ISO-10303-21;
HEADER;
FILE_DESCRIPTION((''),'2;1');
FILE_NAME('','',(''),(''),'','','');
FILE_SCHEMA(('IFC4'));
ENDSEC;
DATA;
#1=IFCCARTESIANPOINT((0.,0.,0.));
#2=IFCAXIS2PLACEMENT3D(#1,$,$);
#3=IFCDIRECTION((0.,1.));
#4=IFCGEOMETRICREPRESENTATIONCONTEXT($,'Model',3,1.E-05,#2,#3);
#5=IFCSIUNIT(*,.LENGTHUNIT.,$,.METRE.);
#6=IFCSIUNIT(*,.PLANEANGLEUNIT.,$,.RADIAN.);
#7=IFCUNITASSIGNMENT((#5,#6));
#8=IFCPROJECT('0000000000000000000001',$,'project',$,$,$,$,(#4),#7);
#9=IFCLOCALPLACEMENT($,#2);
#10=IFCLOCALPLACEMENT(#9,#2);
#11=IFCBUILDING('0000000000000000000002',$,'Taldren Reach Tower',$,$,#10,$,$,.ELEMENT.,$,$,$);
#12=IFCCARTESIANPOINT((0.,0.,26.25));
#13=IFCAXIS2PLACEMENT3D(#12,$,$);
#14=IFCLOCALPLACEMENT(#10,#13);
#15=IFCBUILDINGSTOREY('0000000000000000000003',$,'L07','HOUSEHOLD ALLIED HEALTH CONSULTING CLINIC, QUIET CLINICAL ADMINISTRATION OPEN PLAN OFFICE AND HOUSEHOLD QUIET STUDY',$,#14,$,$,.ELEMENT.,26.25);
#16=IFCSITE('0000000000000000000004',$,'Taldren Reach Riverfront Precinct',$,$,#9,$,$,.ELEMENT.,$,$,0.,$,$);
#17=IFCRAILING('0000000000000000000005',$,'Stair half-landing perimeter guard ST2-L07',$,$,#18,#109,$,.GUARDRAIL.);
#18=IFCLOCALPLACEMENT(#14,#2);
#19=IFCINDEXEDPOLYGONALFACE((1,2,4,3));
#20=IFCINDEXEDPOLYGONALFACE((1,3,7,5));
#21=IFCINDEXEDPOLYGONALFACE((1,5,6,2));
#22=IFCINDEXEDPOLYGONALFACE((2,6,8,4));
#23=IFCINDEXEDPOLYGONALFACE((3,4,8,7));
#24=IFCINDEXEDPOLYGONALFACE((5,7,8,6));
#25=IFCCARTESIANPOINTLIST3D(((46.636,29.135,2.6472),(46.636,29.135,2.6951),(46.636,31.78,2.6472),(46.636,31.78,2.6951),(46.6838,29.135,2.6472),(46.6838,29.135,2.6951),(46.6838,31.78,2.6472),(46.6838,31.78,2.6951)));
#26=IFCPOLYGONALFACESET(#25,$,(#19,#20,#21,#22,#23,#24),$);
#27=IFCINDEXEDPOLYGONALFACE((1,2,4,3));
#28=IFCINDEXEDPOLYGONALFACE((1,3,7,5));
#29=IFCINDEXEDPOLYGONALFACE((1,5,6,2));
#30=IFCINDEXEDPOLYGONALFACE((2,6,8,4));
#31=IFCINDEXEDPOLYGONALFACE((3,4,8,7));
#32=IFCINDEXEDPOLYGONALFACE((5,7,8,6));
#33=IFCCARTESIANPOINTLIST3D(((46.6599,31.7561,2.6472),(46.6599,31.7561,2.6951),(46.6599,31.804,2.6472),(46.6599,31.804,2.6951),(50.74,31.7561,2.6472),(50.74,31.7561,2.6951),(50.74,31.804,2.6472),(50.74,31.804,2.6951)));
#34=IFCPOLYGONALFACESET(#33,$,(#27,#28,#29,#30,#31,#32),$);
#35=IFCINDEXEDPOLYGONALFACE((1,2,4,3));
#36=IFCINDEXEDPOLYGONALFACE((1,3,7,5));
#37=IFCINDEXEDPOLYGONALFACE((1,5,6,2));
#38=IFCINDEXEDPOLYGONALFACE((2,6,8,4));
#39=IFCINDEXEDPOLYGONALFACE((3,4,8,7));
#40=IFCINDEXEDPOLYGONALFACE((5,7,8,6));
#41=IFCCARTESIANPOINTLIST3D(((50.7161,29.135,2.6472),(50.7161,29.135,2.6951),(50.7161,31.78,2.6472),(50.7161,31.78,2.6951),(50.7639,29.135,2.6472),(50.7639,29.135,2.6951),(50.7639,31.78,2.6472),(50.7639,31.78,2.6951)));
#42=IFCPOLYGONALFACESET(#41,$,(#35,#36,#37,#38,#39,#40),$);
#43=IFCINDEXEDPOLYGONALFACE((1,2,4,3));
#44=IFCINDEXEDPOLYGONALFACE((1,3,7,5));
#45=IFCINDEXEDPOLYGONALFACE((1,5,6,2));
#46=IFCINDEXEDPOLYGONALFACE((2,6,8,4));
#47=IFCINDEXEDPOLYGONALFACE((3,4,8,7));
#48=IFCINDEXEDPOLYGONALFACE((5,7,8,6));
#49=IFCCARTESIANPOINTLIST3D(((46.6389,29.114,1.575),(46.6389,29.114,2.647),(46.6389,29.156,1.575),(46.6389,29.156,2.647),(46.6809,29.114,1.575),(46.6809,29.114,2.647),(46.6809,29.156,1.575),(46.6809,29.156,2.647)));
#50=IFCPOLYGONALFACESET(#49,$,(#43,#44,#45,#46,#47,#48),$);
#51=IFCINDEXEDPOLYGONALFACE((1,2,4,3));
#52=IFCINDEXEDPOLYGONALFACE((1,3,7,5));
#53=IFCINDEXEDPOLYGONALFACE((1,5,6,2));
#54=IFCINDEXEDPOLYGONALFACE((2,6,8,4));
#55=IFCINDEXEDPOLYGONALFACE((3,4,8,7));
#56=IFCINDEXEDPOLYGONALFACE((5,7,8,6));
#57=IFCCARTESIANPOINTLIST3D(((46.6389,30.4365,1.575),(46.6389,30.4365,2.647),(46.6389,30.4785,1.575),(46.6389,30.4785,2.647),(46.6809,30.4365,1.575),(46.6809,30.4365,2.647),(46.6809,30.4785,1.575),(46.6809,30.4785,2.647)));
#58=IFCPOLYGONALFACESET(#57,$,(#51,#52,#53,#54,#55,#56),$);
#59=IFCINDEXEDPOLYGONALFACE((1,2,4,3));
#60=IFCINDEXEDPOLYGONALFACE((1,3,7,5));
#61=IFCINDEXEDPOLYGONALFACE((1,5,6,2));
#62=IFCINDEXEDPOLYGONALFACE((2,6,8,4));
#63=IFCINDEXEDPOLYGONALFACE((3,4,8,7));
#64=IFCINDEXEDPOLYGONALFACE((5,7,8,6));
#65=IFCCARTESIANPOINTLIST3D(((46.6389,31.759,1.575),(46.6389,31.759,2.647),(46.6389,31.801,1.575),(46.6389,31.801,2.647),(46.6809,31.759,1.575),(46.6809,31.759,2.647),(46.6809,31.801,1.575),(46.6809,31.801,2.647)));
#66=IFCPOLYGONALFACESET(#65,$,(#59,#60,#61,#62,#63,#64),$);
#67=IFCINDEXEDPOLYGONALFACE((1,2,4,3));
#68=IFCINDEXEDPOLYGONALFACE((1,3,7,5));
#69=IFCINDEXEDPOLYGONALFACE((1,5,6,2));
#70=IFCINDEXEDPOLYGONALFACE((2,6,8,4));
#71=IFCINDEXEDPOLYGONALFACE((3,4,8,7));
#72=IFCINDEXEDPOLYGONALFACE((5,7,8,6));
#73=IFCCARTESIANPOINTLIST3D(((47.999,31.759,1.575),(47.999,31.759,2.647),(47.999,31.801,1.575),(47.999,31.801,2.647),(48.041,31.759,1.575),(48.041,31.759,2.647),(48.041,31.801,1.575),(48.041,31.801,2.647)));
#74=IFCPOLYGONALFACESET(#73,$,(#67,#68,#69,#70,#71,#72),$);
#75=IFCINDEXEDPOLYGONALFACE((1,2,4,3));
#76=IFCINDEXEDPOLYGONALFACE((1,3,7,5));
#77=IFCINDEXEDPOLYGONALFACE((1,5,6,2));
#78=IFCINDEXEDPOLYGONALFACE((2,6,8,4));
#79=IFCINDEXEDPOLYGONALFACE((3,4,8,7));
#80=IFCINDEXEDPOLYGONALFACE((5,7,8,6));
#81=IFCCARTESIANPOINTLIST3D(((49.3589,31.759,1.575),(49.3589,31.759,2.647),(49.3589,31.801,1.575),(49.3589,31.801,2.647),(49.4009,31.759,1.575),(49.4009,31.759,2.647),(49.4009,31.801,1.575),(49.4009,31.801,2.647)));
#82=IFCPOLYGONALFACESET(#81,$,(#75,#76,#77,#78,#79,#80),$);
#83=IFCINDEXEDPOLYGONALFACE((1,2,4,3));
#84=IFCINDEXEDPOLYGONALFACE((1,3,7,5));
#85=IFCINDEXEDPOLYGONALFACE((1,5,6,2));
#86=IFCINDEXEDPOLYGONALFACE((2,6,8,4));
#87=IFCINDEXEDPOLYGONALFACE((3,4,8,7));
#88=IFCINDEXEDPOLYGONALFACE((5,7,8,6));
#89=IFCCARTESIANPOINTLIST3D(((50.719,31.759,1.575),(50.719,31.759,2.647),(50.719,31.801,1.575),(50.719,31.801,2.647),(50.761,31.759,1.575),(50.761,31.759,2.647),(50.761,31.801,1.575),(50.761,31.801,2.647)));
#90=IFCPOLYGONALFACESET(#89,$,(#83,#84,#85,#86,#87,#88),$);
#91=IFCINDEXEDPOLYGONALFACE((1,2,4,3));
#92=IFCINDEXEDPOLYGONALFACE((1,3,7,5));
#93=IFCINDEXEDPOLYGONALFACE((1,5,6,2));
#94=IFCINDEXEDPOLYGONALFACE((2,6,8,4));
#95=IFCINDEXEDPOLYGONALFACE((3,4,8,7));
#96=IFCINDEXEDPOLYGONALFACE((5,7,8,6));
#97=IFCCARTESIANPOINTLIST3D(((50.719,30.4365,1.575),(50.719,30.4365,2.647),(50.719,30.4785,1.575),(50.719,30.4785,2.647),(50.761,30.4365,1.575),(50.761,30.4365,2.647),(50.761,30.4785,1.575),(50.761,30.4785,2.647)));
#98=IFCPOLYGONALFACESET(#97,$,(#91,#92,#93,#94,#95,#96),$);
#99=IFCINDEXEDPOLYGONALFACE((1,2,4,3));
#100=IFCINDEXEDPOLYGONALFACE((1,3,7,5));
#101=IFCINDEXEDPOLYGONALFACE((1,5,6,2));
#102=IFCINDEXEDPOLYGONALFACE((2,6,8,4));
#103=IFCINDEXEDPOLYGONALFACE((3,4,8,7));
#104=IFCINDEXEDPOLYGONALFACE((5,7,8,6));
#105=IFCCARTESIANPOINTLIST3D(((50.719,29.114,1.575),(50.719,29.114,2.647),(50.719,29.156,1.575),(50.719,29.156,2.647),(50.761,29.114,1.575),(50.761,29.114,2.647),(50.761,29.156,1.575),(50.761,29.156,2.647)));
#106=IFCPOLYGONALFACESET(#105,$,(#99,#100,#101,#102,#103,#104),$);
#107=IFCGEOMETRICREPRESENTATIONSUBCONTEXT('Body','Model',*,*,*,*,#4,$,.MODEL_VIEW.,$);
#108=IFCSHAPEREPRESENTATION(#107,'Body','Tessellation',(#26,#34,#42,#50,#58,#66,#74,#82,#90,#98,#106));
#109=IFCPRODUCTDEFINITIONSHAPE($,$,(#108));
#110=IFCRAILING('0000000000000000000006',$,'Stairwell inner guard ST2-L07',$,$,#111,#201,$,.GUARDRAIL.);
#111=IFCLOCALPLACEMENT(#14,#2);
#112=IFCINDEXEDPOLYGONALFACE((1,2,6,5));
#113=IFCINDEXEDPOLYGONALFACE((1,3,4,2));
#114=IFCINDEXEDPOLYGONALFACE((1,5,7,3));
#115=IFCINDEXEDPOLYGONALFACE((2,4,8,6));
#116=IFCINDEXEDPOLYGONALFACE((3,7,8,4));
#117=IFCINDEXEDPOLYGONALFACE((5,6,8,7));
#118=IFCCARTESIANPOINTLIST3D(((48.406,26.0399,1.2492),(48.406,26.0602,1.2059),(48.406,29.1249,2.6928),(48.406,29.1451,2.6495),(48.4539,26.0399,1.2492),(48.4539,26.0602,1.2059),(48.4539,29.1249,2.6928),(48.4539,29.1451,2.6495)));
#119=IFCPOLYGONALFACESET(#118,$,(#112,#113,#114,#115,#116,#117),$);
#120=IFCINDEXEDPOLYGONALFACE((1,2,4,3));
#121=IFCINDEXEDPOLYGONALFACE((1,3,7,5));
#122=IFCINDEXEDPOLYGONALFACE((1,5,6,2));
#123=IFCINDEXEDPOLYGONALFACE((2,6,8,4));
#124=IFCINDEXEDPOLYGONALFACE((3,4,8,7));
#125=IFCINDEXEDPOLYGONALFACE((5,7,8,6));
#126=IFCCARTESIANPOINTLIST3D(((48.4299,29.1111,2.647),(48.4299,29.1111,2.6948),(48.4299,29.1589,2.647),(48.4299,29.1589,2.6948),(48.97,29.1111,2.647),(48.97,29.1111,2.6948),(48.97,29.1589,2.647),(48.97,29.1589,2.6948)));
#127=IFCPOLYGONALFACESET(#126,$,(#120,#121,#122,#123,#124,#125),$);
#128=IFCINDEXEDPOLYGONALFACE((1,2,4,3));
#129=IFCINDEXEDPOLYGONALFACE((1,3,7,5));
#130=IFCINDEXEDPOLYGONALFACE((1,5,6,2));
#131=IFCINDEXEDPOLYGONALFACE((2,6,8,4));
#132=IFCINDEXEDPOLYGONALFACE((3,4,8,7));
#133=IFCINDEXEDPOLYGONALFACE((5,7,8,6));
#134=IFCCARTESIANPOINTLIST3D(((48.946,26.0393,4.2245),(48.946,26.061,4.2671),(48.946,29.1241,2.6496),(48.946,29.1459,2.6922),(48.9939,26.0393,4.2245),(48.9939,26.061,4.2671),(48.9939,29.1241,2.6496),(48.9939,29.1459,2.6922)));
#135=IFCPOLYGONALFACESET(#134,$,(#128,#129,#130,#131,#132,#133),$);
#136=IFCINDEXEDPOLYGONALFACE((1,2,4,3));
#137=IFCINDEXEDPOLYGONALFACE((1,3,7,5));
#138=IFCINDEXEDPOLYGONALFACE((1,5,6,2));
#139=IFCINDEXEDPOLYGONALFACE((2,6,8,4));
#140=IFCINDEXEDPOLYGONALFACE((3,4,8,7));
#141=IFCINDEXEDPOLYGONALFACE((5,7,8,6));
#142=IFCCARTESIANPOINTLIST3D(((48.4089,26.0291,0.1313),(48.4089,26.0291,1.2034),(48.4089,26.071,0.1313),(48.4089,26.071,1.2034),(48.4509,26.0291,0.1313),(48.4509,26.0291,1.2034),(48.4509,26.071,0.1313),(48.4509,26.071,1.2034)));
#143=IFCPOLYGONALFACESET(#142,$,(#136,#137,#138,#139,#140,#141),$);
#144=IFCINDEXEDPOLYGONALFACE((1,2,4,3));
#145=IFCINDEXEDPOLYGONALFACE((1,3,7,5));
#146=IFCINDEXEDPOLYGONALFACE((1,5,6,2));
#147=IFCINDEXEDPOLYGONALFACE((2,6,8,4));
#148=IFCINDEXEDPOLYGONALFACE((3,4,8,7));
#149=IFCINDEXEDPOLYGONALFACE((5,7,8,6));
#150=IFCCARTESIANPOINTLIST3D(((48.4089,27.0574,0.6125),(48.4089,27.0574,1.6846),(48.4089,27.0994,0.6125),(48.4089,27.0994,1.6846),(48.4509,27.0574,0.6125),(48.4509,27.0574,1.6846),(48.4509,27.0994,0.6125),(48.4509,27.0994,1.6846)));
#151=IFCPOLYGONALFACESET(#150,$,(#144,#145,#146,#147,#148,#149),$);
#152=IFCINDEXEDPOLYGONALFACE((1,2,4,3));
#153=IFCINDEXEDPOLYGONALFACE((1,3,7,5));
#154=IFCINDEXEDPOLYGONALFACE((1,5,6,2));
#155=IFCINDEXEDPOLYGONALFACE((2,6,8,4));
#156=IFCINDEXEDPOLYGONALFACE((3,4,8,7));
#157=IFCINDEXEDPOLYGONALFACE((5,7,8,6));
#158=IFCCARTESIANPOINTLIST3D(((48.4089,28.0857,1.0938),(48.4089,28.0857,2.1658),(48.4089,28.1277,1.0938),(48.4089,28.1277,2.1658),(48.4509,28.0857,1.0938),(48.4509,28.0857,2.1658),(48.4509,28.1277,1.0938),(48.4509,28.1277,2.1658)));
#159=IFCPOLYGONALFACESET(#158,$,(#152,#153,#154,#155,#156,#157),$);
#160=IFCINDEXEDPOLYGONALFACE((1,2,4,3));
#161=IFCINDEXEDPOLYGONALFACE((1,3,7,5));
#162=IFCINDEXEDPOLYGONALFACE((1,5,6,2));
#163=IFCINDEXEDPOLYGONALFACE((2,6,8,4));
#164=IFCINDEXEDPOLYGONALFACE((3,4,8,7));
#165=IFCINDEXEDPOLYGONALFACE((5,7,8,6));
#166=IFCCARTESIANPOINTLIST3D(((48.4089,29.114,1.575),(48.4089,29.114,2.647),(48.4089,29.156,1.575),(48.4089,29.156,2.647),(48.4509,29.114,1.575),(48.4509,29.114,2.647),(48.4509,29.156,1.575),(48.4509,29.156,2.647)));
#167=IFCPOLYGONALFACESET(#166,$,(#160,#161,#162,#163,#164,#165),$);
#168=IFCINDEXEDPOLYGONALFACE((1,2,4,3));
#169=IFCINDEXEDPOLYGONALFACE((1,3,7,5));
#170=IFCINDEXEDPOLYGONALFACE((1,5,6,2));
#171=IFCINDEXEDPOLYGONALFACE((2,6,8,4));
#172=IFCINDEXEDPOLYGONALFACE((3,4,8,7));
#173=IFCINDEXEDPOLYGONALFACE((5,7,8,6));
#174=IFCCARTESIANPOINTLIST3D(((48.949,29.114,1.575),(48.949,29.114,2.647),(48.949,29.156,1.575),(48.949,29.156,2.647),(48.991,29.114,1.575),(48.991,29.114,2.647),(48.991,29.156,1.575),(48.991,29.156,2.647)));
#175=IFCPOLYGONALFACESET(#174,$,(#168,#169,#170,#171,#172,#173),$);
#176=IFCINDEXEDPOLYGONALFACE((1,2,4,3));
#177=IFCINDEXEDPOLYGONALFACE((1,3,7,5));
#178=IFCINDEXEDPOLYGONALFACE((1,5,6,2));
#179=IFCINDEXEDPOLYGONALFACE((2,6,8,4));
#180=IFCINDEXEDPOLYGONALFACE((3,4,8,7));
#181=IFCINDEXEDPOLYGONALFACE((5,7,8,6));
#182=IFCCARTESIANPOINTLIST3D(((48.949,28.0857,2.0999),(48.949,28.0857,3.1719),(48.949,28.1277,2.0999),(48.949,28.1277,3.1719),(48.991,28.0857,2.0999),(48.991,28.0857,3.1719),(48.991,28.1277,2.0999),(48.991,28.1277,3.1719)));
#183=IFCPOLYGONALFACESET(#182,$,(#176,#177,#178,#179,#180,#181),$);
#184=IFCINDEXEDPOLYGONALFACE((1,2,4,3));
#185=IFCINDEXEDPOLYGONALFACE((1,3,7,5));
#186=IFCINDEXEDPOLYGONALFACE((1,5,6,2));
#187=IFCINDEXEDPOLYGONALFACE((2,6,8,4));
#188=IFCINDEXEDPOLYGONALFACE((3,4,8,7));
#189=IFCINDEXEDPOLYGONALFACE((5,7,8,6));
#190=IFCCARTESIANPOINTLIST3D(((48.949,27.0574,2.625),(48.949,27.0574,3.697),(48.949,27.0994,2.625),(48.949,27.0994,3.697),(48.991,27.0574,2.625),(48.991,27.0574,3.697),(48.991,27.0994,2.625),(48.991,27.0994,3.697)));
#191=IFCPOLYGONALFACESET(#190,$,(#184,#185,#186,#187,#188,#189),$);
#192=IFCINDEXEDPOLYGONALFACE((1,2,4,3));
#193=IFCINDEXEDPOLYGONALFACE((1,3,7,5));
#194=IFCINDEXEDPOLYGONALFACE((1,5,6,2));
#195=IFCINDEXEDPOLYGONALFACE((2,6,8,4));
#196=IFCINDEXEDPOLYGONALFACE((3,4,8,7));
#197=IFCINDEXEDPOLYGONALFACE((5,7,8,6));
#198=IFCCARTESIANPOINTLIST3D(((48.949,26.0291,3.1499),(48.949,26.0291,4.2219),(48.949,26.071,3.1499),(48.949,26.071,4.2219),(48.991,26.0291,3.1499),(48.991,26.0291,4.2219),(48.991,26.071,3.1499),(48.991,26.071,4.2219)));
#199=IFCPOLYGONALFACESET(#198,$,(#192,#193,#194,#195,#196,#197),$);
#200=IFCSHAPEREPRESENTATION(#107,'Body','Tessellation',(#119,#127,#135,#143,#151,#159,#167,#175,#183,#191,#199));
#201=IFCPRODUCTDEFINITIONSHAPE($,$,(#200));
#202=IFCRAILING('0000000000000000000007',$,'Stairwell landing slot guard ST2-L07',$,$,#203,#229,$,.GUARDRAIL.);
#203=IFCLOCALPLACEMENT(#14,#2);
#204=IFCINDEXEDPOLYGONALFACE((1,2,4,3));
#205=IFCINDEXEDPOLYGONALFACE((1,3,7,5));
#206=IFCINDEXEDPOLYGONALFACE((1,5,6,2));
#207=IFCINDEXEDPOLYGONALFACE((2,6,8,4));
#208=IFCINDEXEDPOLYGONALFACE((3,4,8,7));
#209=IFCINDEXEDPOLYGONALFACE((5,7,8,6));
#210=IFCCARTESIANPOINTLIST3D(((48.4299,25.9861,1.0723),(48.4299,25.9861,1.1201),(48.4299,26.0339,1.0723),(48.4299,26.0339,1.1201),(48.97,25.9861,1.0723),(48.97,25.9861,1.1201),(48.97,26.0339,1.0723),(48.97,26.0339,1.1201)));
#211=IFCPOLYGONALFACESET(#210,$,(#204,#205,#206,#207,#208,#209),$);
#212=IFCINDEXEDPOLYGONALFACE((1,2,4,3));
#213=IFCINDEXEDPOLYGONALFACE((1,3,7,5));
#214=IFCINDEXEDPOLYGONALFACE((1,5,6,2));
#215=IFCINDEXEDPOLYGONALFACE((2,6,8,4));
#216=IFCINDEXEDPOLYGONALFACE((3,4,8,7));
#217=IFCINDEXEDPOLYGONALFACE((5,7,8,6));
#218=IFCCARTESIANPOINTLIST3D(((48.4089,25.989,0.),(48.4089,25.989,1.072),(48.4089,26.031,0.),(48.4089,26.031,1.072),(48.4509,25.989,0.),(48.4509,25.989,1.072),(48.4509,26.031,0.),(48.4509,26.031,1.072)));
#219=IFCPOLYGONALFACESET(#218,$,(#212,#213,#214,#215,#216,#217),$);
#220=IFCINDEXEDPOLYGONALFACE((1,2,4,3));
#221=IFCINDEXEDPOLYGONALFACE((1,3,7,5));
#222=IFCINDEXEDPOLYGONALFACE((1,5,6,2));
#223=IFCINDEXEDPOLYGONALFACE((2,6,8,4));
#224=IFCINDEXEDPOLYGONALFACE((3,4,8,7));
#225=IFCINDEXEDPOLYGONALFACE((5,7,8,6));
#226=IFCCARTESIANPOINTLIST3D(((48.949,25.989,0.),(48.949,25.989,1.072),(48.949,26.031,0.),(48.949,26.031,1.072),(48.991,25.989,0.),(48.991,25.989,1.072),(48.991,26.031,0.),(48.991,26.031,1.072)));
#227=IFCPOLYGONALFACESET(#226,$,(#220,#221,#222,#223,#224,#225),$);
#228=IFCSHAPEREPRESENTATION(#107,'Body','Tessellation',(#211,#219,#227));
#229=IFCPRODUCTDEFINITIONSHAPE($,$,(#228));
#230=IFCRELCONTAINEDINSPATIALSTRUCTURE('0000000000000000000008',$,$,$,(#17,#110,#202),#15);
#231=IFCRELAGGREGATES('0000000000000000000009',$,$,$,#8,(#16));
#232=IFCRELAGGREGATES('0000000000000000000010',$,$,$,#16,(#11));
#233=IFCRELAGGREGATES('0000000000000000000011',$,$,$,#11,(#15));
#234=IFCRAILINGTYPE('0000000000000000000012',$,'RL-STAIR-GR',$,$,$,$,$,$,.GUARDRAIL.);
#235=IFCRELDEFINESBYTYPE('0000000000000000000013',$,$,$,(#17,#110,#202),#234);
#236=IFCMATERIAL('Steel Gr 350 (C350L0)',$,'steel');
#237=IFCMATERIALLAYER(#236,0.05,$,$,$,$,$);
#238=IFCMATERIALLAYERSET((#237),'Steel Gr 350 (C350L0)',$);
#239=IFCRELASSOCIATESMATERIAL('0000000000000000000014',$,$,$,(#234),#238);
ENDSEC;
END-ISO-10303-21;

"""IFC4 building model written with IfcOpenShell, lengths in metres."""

from ifc_helpers import new_model, si_unit, direction, frame, origin, origin_2d, place, context, subcontext, project, spatial, rectangle, extrude, material, layer, layer_set, type_object, element, save


model = new_model("IFC4")

# Units and contexts
model_context = context("Model", 3, precision=1e-05, world=origin(), true_north=direction((0.0, 1.0)))
body_context = subcontext(model_context, "Body", "Model", "MODEL_VIEW")
ifc_project = project(units=[si_unit("LENGTHUNIT", "METRE"), si_unit("PLANEANGLEUNIT", "RADIAN")], contexts=[model_context])

# Site, building, storey
site_placement = place(None, origin())
site = spatial("IfcSite", under=ifc_project, at=site_placement, Name="Taldren Reach Riverfront Precinct", CompositionType="ELEMENT", RefElevation=0.0)
building_placement = place(site_placement, origin())
building = spatial("IfcBuilding", under=site, at=building_placement, Name="Taldren Reach Tower", CompositionType="ELEMENT")
storey_placement = place(building_placement, frame((0.0, 0.0, 26.25)))
storey = spatial("IfcBuildingStorey", under=building, at=storey_placement, Name="L07", Description="HOUSEHOLD ALLIED HEALTH CONSULTING CLINIC, QUIET CLINICAL ADMINISTRATION OPEN PLAN OFFICE AND HOUSEHOLD QUIET STUDY", CompositionType="ELEMENT", Elevation=26.25)

# Shared definitions
ifc_material_1 = material(Name="Steel Gr 350 (C350L0)", Category="steel")

# Railings
ifc_layer_1 = layer(ifc_material_1, 0.05)
ifc_layer_set_1 = layer_set([ifc_layer_1], Name="Steel Gr 350 (C350L0)")
railing_type_1 = type_object("IfcRailingType", Name="RL-STAIR-GR", PredefinedType="GUARDRAIL", material=ifc_layer_set_1)
railing_1_placement = place(storey_placement, frame((46.6599, 29.135, 1.575)))
element("IfcRailing", 1, at=railing_1_placement, inside=storey, type_object=railing_type_1, Name="Stair half-landing perimeter guard ST2-L07", PredefinedType="GUARDRAIL", context=body_context, shape_type="SweptSolid", body=[
    extrude(rectangle(XDim=0.0479, YDim=0.0479, at=origin_2d()), frame((0.0, 0.0, 1.0962), z_axis=(0.0, 1.0, 0.0), x_axis=(-1.0, 0.0, 0.0)), (0.0, 0.0, 1.0), 2.645),
    extrude(rectangle(XDim=0.0479, YDim=0.0479, at=origin_2d()), frame((0.0, 2.645, 1.0962), z_axis=(1.0, 0.0, 0.0), x_axis=(0.0, 1.0, 0.0)), (0.0, 0.0, 1.0), 4.0801),
    extrude(rectangle(XDim=0.0479, YDim=0.0479, at=origin_2d()), frame((4.0801, 2.645, 1.0962), z_axis=(0.0, -1.0, 0.0), x_axis=(1.0, 0.0, 0.0)), (0.0, 0.0, 1.0), 2.645),
    extrude(rectangle(XDim=0.042, YDim=0.042, at=origin_2d()), origin(), (0.0, 0.0, 1.0), 1.072),
    extrude(rectangle(XDim=0.042, YDim=0.042, at=origin_2d()), frame((0.0, 1.3225, 0.0)), (0.0, 0.0, 1.0), 1.072),
    extrude(rectangle(XDim=0.042, YDim=0.042, at=origin_2d()), frame((0.0, 2.645, 0.0)), (0.0, 0.0, 1.0), 1.072),
    extrude(rectangle(XDim=0.042, YDim=0.042, at=origin_2d()), frame((1.3601, 2.645, 0.0)), (0.0, 0.0, 1.0), 1.072),
    extrude(rectangle(XDim=0.042, YDim=0.042, at=origin_2d()), frame((2.72, 2.645, 0.0)), (0.0, 0.0, 1.0), 1.072),
    extrude(rectangle(XDim=0.042, YDim=0.042, at=origin_2d()), frame((4.0801, 2.645, 0.0)), (0.0, 0.0, 1.0), 1.072),
    extrude(rectangle(XDim=0.042, YDim=0.042, at=origin_2d()), frame((4.0801, 1.3225, 0.0)), (0.0, 0.0, 1.0), 1.072),
    extrude(rectangle(XDim=0.042, YDim=0.042, at=origin_2d()), frame((4.0801, 0.0, 0.0)), (0.0, 0.0, 1.0), 1.072),
])
railing_2_placement = place(storey_placement, frame((48.4299, 26.05, 0.1313)))
element("IfcRailing", 2, at=railing_2_placement, inside=storey, type_object=railing_type_1, Name="Stairwell inner guard ST2-L07", PredefinedType="GUARDRAIL", context=body_context, shape_type="SweptSolid", body=[
    extrude(rectangle(XDim=0.0479, YDim=0.0479, at=origin_2d()), frame((0.0, 0.0, 1.0962), z_axis=(0.0, 0.905738, 0.423839), x_axis=(-1.0, 0.0, 0.0)), (0.0, 0.0, 1.0), 3.406),
    extrude(rectangle(XDim=0.0479, YDim=0.0479, at=origin_2d()), frame((0.0, 3.085, 2.5396), z_axis=(1.0, 0.0, 0.0), x_axis=(0.0, 1.0, 0.0)), (0.0, 0.0, 1.0), 0.54),
    extrude(rectangle(XDim=0.0479, YDim=0.0479, at=origin_2d()), frame((0.54, 3.085, 2.5396), z_axis=(0.0, -0.890646, 0.454697), x_axis=(1.0, 0.0, 0.0)), (0.0, 0.0, 1.0), 3.4636),
    extrude(rectangle(XDim=0.042, YDim=0.042, at=origin_2d()), origin(), (0.0, 0.0, 1.0), 1.072),
    extrude(rectangle(XDim=0.042, YDim=0.042, at=origin_2d()), frame((0.0, 1.0283, 0.4812)), (0.0, 0.0, 1.0), 1.072),
    extrude(rectangle(XDim=0.042, YDim=0.042, at=origin_2d()), frame((0.0, 2.0566, 0.9624)), (0.0, 0.0, 1.0), 1.072),
    extrude(rectangle(XDim=0.042, YDim=0.042, at=origin_2d()), frame((0.0, 3.085, 1.4436)), (0.0, 0.0, 1.0), 1.072),
    extrude(rectangle(XDim=0.042, YDim=0.042, at=origin_2d()), frame((0.54, 3.085, 1.4436)), (0.0, 0.0, 1.0), 1.072),
    extrude(rectangle(XDim=0.042, YDim=0.042, at=origin_2d()), frame((0.54, 2.0566, 1.9685)), (0.0, 0.0, 1.0), 1.072),
    extrude(rectangle(XDim=0.042, YDim=0.042, at=origin_2d()), frame((0.54, 1.0283, 2.4937)), (0.0, 0.0, 1.0), 1.072),
    extrude(rectangle(XDim=0.042, YDim=0.042, at=origin_2d()), frame((0.54, 0.0, 3.0186)), (0.0, 0.0, 1.0), 1.072),
])
railing_3_placement = place(storey_placement, frame((48.4299, 26.01, 0.0)))
element("IfcRailing", 3, at=railing_3_placement, inside=storey, type_object=railing_type_1, Name="Stairwell landing slot guard ST2-L07", PredefinedType="GUARDRAIL", context=body_context, shape_type="SweptSolid", body=[
    extrude(rectangle(XDim=0.0479, YDim=0.0479, at=origin_2d()), frame((0.0, 0.0, 1.0962), z_axis=(1.0, 0.0, 0.0), x_axis=(0.0, 1.0, 0.0)), (0.0, 0.0, 1.0), 0.54),
    extrude(rectangle(XDim=0.042, YDim=0.042, at=origin_2d()), origin(), (0.0, 0.0, 1.0), 1.072),
    extrude(rectangle(XDim=0.042, YDim=0.042, at=origin_2d()), frame((0.54, 0.0, 0.0)), (0.0, 0.0, 1.0), 1.072),
])

save(model, "model.ifc")
